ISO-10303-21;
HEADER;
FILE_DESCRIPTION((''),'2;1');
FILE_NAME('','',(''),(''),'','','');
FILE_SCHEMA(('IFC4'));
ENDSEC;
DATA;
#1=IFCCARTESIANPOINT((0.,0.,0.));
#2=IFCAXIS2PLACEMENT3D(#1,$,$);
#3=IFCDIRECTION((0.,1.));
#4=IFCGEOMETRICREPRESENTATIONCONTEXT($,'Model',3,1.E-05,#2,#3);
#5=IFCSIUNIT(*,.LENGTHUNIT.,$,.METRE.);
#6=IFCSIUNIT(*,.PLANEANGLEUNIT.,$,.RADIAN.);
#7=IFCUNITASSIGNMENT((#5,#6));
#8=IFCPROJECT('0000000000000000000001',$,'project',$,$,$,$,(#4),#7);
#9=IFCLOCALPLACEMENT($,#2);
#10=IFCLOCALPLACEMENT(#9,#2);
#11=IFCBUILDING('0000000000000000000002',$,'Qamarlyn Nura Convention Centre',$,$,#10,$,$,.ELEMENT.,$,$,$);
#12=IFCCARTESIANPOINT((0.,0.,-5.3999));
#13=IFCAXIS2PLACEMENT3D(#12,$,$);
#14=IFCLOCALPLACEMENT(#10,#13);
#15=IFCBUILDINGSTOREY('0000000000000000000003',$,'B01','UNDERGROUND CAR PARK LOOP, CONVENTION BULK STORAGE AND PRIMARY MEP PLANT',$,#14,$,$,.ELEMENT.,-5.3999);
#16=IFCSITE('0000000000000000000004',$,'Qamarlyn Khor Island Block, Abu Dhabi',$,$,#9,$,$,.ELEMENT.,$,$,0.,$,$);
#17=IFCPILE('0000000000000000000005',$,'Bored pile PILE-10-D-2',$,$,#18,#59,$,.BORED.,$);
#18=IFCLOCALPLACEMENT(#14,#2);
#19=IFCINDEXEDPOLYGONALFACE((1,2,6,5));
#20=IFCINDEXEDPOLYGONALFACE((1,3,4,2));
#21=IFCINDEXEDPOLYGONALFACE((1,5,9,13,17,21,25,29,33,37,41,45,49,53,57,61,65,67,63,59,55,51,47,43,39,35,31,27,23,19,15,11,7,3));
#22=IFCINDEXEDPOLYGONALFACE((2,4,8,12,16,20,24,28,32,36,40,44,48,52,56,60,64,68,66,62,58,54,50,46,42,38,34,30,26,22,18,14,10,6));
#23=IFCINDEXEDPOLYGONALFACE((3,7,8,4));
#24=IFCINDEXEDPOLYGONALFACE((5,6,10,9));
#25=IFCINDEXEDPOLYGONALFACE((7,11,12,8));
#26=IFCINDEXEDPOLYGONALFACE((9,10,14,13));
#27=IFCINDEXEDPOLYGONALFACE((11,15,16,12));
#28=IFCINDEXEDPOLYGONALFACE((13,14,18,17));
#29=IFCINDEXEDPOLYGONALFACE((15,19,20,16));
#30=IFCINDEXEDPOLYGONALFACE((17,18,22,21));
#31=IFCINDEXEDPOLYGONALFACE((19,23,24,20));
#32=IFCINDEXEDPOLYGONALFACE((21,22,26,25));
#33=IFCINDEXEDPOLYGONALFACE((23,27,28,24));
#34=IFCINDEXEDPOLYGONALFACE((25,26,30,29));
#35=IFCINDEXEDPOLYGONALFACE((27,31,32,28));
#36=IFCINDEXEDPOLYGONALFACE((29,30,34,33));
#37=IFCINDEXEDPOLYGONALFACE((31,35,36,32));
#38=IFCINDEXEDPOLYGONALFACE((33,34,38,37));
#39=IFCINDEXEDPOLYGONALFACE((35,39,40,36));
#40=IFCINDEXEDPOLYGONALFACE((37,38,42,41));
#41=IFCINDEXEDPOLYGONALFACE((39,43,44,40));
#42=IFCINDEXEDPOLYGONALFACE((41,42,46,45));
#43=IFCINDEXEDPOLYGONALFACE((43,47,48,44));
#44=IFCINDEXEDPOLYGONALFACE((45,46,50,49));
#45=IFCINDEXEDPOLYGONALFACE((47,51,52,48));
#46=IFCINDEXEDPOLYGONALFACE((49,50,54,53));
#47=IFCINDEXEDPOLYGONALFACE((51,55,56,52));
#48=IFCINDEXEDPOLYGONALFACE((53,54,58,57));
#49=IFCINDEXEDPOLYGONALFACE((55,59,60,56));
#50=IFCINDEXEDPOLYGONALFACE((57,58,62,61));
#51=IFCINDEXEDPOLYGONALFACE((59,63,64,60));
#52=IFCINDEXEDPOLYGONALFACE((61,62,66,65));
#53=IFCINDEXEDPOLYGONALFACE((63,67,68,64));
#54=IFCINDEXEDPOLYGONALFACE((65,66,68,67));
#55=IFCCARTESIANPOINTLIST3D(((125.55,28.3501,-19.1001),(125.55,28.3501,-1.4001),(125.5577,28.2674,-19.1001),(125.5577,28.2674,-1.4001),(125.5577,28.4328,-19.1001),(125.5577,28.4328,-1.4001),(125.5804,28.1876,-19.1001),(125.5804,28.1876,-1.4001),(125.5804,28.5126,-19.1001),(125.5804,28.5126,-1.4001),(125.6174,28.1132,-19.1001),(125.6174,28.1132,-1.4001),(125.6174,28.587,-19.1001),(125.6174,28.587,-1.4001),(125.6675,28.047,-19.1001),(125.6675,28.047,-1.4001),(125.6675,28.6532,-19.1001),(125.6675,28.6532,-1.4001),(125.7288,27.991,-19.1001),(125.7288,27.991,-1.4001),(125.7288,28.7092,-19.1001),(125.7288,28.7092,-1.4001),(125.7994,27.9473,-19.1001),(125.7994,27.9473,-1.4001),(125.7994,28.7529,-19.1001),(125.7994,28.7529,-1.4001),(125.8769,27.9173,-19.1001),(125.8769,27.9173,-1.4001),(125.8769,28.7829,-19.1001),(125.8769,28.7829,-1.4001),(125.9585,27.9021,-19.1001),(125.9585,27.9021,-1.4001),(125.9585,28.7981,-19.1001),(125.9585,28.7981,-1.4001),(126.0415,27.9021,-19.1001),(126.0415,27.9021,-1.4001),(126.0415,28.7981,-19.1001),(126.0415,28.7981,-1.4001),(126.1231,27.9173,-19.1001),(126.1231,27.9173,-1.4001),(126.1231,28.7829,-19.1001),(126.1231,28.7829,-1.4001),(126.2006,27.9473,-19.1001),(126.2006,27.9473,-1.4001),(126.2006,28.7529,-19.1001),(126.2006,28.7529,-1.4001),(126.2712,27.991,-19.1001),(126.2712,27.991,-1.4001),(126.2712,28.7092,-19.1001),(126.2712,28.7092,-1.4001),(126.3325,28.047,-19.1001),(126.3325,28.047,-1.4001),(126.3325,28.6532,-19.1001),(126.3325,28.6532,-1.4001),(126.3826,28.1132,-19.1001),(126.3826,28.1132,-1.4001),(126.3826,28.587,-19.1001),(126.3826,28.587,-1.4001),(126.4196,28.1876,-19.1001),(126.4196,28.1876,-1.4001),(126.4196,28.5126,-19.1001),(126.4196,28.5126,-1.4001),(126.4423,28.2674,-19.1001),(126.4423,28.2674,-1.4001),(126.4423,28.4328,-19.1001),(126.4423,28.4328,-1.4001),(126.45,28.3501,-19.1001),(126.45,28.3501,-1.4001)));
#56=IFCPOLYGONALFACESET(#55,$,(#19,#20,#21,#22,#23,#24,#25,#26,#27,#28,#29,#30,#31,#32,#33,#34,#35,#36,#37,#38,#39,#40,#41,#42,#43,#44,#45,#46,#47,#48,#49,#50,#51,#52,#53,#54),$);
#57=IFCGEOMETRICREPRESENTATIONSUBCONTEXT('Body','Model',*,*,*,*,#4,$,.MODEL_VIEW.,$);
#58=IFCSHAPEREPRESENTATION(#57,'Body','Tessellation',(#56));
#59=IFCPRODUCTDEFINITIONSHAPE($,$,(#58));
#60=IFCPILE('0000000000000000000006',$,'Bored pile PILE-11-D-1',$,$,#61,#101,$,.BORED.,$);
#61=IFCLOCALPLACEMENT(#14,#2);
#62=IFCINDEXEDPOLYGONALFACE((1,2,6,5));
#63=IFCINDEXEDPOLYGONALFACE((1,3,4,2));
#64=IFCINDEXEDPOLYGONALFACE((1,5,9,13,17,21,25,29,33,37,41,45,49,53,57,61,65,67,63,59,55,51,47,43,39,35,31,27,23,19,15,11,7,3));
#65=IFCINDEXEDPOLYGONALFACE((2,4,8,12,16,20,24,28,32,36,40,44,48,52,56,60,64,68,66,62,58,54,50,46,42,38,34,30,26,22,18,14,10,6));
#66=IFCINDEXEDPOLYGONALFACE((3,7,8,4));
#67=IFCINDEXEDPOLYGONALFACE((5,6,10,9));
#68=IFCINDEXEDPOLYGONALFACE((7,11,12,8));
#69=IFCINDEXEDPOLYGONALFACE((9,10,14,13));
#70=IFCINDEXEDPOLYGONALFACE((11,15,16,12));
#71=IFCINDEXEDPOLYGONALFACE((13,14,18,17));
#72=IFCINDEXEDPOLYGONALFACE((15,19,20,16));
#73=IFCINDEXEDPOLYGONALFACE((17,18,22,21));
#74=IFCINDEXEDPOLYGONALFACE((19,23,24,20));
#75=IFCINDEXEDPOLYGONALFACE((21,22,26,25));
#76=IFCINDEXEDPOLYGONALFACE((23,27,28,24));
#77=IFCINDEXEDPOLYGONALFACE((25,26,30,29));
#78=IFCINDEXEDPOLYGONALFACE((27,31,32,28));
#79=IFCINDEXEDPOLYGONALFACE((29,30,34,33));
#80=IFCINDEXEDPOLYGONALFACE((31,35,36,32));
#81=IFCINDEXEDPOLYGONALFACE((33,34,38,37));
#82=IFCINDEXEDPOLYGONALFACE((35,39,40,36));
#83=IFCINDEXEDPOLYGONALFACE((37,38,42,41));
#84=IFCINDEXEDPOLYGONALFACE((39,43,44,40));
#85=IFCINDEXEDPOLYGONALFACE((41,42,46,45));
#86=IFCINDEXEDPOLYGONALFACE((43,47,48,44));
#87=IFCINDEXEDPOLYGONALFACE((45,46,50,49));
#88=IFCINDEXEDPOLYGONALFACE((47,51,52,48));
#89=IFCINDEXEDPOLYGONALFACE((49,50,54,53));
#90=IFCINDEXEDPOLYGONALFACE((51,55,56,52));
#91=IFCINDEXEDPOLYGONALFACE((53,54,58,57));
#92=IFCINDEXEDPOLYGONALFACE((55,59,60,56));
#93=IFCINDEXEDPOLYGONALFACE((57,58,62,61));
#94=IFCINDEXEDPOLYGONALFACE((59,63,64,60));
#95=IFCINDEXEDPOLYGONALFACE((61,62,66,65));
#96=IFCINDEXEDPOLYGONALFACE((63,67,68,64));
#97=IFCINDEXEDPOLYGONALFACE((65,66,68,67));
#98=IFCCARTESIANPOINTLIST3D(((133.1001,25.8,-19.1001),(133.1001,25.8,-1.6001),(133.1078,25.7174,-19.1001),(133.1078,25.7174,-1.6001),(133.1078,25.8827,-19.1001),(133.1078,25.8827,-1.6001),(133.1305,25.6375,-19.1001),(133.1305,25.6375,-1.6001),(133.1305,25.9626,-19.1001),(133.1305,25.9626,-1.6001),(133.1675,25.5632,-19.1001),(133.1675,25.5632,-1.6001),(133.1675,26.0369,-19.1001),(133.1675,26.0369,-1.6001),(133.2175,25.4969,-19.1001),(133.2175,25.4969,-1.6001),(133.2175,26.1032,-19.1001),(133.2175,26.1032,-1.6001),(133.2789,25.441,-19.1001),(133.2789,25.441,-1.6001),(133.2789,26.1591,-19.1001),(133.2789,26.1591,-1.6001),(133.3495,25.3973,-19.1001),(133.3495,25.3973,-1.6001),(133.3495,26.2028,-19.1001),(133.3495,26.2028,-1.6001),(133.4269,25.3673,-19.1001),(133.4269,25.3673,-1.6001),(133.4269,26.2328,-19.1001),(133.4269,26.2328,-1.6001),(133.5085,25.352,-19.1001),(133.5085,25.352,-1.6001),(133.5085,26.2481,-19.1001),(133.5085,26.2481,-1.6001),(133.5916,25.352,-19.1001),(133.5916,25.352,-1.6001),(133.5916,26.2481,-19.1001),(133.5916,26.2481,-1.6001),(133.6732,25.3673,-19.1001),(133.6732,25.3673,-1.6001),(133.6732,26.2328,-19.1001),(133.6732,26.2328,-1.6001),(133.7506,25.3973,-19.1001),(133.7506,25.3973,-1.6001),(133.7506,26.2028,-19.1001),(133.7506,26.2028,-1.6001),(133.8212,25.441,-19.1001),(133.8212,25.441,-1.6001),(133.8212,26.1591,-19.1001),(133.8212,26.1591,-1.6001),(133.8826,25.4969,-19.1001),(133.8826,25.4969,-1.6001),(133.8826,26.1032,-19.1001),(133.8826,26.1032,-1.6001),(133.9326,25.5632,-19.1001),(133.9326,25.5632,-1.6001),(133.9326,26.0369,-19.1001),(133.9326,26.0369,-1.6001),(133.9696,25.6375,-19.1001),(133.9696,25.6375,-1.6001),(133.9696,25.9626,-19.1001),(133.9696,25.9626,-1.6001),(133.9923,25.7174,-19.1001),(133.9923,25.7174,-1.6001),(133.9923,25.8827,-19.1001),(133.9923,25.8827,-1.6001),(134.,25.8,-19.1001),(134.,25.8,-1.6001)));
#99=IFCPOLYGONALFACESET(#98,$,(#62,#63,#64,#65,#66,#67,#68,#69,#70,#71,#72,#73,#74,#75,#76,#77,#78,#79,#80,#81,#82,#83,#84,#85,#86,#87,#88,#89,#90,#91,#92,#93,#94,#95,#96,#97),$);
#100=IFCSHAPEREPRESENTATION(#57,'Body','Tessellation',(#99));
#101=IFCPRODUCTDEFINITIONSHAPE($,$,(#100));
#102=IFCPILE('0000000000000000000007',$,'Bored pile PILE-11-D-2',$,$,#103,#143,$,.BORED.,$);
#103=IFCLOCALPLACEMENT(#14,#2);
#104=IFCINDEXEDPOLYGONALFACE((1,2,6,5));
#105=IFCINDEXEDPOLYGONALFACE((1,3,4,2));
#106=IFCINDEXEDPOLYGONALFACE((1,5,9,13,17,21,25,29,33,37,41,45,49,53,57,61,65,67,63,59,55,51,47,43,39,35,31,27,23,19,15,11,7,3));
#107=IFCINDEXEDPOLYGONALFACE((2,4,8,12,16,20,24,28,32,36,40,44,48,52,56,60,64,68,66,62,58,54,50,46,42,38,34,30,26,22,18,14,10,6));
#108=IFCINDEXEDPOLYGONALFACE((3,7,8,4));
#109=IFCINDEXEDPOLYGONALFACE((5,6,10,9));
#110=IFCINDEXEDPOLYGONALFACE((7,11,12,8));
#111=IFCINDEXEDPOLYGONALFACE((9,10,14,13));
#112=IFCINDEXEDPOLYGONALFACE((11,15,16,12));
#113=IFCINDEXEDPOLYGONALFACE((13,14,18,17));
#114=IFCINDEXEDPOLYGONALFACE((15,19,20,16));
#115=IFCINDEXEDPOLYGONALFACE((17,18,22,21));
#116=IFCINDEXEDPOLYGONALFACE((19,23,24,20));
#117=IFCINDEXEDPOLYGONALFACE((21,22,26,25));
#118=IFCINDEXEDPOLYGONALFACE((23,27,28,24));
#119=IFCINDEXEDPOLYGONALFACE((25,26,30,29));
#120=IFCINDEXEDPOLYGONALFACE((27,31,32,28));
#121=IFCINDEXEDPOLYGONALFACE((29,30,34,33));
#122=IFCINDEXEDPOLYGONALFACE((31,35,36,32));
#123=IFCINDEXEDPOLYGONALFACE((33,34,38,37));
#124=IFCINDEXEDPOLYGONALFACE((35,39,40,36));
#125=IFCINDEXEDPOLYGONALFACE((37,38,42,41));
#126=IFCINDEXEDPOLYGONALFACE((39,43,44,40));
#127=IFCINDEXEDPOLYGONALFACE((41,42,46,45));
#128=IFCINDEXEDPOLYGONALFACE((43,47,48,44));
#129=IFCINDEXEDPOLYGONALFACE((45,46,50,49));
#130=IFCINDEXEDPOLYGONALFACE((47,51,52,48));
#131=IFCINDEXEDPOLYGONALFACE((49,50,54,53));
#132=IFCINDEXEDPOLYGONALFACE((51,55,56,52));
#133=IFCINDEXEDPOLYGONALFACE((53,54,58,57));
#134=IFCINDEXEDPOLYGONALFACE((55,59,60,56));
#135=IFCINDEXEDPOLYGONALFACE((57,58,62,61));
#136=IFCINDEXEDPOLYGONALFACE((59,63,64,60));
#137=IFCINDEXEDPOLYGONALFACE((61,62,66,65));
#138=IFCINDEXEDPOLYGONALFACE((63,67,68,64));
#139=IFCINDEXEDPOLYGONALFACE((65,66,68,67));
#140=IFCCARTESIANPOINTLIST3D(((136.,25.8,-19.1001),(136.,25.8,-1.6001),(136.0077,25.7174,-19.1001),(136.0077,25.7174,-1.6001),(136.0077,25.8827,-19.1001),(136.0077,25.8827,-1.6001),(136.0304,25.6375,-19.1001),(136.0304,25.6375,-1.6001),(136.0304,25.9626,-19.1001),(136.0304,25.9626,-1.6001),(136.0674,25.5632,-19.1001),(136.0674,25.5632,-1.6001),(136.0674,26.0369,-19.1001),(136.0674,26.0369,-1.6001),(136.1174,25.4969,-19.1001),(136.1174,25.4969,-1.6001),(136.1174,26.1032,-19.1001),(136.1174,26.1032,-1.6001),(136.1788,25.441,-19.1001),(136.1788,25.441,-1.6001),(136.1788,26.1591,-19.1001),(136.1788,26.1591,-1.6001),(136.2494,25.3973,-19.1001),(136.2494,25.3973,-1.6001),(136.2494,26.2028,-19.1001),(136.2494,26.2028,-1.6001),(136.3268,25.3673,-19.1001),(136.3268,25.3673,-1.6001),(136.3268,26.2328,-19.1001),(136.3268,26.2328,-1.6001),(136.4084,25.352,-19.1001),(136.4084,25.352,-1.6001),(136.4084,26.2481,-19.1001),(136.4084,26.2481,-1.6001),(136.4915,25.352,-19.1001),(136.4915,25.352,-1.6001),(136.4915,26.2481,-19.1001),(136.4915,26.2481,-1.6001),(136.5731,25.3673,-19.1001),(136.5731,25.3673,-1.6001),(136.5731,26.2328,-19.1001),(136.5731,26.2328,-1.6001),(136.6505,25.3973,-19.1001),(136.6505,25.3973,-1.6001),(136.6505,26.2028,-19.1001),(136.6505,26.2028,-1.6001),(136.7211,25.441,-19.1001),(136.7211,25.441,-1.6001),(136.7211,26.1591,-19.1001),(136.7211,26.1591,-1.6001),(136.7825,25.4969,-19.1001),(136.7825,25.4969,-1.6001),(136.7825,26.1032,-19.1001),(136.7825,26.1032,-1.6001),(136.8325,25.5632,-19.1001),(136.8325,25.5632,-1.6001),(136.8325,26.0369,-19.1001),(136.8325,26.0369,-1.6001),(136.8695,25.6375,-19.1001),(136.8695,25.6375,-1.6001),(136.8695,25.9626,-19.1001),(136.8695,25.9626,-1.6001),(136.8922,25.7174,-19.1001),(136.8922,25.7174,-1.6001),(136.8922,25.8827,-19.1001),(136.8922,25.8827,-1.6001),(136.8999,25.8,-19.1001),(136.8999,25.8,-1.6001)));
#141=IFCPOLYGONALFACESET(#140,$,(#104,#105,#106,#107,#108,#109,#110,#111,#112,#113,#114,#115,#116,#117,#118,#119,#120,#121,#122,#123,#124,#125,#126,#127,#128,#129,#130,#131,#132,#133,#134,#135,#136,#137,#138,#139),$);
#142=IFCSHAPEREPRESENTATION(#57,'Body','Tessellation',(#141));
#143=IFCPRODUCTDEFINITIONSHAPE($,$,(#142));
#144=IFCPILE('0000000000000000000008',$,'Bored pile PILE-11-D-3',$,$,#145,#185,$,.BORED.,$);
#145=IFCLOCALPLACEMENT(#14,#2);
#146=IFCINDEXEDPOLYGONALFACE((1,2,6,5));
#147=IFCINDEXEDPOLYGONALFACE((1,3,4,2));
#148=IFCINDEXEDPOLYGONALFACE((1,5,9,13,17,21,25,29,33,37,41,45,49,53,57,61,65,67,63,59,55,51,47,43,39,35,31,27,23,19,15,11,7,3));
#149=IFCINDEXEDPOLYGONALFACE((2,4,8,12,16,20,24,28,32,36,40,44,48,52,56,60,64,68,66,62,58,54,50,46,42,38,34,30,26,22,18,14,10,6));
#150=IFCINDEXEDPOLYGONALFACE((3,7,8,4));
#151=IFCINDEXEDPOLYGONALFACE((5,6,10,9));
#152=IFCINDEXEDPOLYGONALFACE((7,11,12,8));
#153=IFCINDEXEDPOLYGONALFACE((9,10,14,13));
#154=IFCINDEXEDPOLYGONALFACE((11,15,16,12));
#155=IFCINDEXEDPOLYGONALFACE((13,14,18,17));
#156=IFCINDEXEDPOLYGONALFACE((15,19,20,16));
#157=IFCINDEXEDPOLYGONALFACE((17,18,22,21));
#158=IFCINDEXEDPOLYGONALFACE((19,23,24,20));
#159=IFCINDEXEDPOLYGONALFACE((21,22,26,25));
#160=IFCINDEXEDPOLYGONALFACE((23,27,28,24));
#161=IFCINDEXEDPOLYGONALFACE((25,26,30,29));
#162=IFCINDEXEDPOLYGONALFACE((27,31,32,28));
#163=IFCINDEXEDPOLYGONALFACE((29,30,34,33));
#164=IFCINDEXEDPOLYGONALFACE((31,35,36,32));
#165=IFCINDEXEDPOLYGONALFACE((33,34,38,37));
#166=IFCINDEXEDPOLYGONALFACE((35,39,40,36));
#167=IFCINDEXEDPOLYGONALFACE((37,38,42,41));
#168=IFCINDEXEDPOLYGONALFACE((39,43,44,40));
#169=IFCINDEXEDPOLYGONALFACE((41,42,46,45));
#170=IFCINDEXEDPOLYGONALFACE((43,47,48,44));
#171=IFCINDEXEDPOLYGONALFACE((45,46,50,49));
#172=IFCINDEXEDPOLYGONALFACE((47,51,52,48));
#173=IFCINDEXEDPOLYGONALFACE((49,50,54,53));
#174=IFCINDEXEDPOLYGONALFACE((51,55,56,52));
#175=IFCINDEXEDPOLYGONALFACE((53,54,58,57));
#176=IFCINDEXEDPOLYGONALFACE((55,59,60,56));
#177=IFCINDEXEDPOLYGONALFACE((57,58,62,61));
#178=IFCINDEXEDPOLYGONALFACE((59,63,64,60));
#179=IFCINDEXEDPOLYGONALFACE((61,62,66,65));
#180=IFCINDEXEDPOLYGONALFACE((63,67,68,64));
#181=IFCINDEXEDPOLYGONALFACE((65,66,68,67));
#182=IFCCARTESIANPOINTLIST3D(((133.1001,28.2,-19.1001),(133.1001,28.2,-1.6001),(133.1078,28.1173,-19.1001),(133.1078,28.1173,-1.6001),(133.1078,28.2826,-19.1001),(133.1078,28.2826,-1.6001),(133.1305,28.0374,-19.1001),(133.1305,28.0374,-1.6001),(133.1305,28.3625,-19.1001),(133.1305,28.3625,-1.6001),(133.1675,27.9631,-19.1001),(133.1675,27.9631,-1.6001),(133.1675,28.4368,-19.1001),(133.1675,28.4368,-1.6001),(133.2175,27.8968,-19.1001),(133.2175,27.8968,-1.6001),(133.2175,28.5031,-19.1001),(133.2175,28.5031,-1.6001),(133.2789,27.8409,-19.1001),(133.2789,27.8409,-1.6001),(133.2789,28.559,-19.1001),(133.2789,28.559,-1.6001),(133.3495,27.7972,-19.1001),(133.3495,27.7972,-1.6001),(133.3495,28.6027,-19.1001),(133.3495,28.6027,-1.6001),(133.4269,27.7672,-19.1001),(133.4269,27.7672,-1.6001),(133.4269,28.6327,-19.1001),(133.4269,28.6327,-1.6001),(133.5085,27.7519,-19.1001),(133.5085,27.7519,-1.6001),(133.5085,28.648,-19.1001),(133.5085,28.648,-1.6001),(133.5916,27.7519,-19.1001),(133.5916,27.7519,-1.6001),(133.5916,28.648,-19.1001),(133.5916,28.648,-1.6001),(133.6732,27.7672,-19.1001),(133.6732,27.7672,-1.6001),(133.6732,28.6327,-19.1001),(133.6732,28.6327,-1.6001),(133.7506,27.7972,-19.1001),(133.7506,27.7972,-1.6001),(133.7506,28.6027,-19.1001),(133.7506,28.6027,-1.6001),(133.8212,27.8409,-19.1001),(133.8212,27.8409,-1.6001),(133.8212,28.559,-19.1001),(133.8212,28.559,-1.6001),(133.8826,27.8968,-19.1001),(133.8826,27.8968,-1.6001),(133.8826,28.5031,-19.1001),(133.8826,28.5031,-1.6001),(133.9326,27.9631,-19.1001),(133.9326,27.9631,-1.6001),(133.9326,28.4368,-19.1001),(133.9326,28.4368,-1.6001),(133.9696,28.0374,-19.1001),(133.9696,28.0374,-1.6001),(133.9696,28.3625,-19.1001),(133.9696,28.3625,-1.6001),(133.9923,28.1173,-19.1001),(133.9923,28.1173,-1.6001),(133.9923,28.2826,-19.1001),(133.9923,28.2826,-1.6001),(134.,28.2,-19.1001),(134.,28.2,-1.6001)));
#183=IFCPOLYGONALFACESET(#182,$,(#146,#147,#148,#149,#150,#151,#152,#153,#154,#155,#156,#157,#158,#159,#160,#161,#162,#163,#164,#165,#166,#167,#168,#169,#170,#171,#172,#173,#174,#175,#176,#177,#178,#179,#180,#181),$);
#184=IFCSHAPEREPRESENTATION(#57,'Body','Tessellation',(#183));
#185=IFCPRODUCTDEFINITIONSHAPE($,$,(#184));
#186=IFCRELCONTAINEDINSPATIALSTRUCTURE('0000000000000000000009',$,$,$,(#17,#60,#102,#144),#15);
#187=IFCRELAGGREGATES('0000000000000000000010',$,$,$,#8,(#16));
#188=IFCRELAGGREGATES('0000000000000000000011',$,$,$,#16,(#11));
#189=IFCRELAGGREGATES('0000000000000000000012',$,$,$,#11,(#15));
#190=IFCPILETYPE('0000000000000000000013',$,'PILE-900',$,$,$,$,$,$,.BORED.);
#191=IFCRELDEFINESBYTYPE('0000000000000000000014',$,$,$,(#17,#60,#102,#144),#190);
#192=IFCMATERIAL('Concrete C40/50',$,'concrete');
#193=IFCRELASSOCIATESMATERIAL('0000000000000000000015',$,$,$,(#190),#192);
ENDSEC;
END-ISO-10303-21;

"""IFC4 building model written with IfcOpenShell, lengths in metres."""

from ifc_helpers import new_model, si_unit, direction, frame, origin, origin_2d, place, context, subcontext, project, spatial, circle, extrude, material, material_profile, profile_set, type_object, element, save


model = new_model("IFC4")

# Units and contexts
model_context = context("Model", 3, precision=1e-05, world=origin(), true_north=direction((0.0, 1.0)))
body_context = subcontext(model_context, "Body", "Model", "MODEL_VIEW")
ifc_project = project(units=[si_unit("LENGTHUNIT", "METRE"), si_unit("PLANEANGLEUNIT", "RADIAN")], contexts=[model_context])

# Site, building, storey
site_placement = place(None, origin())
site = spatial("IfcSite", under=ifc_project, at=site_placement, Name="Qamarlyn Khor Island Block, Abu Dhabi", CompositionType="ELEMENT", RefElevation=0.0)
building_placement = place(site_placement, origin())
building = spatial("IfcBuilding", under=site, at=building_placement, Name="Qamarlyn Nura Convention Centre", CompositionType="ELEMENT")
storey_placement = place(building_placement, frame((0.0, 0.0, -5.3999)))
storey = spatial("IfcBuildingStorey", under=building, at=storey_placement, Name="B01", Description="UNDERGROUND CAR PARK LOOP, CONVENTION BULK STORAGE AND PRIMARY MEP PLANT", CompositionType="ELEMENT", Elevation=-5.3999)

# Shared definitions
ifc_material_1 = material(Name="Concrete C40/50", Category="concrete")

# Piles
ifc_material_profile_1 = material_profile(ifc_material_1, circle(Radius=0.45, at=origin_2d()), Name="BORED PILE 900")
ifc_profile_set_1 = profile_set([ifc_material_profile_1], Name="Concrete C40/50")
pile_type = type_object("IfcPileType", Name="PILE-900", PredefinedType="BORED", material=ifc_profile_set_1)
for number, where, z_axis, x_axis, name in (
    (1, (126.0, 28.3501, -1.4001), (0.0, 0.0, -1.0), (1.0, 0.0, 0.0), "Bored pile PILE-10-D-2"),
):
    element("IfcPile", number, at=place(storey_placement, frame(where, z_axis=z_axis, x_axis=x_axis)), inside=storey, type_object=pile_type, Name=name, PredefinedType="BORED", context=body_context, shape_type="SweptSolid", body=[
        extrude(circle(Radius=0.45, at=origin_2d()), origin(), (0.0, 0.0, 1.0), 17.7),
    ])
for number, where, z_axis, x_axis, name in (
    (2, (133.55, 25.8, -1.6001), (0.0, 0.0, -1.0), (1.0, 0.0, 0.0), "Bored pile PILE-11-D-1"),
    (3, (136.45, 25.8, -1.6001), (0.0, 0.0, -1.0), (1.0, 0.0, 0.0), "Bored pile PILE-11-D-2"),
    (4, (133.55, 28.2, -1.6001), (0.0, 0.0, -1.0), (1.0, 0.0, 0.0), "Bored pile PILE-11-D-3"),
):
    element("IfcPile", number, at=place(storey_placement, frame(where, z_axis=z_axis, x_axis=x_axis)), inside=storey, type_object=pile_type, Name=name, PredefinedType="BORED", context=body_context, shape_type="SweptSolid", body=[
        extrude(circle(Radius=0.45, at=origin_2d()), origin(), (0.0, 0.0, 1.0), 17.5),
    ])

save(model, "model.ifc")
